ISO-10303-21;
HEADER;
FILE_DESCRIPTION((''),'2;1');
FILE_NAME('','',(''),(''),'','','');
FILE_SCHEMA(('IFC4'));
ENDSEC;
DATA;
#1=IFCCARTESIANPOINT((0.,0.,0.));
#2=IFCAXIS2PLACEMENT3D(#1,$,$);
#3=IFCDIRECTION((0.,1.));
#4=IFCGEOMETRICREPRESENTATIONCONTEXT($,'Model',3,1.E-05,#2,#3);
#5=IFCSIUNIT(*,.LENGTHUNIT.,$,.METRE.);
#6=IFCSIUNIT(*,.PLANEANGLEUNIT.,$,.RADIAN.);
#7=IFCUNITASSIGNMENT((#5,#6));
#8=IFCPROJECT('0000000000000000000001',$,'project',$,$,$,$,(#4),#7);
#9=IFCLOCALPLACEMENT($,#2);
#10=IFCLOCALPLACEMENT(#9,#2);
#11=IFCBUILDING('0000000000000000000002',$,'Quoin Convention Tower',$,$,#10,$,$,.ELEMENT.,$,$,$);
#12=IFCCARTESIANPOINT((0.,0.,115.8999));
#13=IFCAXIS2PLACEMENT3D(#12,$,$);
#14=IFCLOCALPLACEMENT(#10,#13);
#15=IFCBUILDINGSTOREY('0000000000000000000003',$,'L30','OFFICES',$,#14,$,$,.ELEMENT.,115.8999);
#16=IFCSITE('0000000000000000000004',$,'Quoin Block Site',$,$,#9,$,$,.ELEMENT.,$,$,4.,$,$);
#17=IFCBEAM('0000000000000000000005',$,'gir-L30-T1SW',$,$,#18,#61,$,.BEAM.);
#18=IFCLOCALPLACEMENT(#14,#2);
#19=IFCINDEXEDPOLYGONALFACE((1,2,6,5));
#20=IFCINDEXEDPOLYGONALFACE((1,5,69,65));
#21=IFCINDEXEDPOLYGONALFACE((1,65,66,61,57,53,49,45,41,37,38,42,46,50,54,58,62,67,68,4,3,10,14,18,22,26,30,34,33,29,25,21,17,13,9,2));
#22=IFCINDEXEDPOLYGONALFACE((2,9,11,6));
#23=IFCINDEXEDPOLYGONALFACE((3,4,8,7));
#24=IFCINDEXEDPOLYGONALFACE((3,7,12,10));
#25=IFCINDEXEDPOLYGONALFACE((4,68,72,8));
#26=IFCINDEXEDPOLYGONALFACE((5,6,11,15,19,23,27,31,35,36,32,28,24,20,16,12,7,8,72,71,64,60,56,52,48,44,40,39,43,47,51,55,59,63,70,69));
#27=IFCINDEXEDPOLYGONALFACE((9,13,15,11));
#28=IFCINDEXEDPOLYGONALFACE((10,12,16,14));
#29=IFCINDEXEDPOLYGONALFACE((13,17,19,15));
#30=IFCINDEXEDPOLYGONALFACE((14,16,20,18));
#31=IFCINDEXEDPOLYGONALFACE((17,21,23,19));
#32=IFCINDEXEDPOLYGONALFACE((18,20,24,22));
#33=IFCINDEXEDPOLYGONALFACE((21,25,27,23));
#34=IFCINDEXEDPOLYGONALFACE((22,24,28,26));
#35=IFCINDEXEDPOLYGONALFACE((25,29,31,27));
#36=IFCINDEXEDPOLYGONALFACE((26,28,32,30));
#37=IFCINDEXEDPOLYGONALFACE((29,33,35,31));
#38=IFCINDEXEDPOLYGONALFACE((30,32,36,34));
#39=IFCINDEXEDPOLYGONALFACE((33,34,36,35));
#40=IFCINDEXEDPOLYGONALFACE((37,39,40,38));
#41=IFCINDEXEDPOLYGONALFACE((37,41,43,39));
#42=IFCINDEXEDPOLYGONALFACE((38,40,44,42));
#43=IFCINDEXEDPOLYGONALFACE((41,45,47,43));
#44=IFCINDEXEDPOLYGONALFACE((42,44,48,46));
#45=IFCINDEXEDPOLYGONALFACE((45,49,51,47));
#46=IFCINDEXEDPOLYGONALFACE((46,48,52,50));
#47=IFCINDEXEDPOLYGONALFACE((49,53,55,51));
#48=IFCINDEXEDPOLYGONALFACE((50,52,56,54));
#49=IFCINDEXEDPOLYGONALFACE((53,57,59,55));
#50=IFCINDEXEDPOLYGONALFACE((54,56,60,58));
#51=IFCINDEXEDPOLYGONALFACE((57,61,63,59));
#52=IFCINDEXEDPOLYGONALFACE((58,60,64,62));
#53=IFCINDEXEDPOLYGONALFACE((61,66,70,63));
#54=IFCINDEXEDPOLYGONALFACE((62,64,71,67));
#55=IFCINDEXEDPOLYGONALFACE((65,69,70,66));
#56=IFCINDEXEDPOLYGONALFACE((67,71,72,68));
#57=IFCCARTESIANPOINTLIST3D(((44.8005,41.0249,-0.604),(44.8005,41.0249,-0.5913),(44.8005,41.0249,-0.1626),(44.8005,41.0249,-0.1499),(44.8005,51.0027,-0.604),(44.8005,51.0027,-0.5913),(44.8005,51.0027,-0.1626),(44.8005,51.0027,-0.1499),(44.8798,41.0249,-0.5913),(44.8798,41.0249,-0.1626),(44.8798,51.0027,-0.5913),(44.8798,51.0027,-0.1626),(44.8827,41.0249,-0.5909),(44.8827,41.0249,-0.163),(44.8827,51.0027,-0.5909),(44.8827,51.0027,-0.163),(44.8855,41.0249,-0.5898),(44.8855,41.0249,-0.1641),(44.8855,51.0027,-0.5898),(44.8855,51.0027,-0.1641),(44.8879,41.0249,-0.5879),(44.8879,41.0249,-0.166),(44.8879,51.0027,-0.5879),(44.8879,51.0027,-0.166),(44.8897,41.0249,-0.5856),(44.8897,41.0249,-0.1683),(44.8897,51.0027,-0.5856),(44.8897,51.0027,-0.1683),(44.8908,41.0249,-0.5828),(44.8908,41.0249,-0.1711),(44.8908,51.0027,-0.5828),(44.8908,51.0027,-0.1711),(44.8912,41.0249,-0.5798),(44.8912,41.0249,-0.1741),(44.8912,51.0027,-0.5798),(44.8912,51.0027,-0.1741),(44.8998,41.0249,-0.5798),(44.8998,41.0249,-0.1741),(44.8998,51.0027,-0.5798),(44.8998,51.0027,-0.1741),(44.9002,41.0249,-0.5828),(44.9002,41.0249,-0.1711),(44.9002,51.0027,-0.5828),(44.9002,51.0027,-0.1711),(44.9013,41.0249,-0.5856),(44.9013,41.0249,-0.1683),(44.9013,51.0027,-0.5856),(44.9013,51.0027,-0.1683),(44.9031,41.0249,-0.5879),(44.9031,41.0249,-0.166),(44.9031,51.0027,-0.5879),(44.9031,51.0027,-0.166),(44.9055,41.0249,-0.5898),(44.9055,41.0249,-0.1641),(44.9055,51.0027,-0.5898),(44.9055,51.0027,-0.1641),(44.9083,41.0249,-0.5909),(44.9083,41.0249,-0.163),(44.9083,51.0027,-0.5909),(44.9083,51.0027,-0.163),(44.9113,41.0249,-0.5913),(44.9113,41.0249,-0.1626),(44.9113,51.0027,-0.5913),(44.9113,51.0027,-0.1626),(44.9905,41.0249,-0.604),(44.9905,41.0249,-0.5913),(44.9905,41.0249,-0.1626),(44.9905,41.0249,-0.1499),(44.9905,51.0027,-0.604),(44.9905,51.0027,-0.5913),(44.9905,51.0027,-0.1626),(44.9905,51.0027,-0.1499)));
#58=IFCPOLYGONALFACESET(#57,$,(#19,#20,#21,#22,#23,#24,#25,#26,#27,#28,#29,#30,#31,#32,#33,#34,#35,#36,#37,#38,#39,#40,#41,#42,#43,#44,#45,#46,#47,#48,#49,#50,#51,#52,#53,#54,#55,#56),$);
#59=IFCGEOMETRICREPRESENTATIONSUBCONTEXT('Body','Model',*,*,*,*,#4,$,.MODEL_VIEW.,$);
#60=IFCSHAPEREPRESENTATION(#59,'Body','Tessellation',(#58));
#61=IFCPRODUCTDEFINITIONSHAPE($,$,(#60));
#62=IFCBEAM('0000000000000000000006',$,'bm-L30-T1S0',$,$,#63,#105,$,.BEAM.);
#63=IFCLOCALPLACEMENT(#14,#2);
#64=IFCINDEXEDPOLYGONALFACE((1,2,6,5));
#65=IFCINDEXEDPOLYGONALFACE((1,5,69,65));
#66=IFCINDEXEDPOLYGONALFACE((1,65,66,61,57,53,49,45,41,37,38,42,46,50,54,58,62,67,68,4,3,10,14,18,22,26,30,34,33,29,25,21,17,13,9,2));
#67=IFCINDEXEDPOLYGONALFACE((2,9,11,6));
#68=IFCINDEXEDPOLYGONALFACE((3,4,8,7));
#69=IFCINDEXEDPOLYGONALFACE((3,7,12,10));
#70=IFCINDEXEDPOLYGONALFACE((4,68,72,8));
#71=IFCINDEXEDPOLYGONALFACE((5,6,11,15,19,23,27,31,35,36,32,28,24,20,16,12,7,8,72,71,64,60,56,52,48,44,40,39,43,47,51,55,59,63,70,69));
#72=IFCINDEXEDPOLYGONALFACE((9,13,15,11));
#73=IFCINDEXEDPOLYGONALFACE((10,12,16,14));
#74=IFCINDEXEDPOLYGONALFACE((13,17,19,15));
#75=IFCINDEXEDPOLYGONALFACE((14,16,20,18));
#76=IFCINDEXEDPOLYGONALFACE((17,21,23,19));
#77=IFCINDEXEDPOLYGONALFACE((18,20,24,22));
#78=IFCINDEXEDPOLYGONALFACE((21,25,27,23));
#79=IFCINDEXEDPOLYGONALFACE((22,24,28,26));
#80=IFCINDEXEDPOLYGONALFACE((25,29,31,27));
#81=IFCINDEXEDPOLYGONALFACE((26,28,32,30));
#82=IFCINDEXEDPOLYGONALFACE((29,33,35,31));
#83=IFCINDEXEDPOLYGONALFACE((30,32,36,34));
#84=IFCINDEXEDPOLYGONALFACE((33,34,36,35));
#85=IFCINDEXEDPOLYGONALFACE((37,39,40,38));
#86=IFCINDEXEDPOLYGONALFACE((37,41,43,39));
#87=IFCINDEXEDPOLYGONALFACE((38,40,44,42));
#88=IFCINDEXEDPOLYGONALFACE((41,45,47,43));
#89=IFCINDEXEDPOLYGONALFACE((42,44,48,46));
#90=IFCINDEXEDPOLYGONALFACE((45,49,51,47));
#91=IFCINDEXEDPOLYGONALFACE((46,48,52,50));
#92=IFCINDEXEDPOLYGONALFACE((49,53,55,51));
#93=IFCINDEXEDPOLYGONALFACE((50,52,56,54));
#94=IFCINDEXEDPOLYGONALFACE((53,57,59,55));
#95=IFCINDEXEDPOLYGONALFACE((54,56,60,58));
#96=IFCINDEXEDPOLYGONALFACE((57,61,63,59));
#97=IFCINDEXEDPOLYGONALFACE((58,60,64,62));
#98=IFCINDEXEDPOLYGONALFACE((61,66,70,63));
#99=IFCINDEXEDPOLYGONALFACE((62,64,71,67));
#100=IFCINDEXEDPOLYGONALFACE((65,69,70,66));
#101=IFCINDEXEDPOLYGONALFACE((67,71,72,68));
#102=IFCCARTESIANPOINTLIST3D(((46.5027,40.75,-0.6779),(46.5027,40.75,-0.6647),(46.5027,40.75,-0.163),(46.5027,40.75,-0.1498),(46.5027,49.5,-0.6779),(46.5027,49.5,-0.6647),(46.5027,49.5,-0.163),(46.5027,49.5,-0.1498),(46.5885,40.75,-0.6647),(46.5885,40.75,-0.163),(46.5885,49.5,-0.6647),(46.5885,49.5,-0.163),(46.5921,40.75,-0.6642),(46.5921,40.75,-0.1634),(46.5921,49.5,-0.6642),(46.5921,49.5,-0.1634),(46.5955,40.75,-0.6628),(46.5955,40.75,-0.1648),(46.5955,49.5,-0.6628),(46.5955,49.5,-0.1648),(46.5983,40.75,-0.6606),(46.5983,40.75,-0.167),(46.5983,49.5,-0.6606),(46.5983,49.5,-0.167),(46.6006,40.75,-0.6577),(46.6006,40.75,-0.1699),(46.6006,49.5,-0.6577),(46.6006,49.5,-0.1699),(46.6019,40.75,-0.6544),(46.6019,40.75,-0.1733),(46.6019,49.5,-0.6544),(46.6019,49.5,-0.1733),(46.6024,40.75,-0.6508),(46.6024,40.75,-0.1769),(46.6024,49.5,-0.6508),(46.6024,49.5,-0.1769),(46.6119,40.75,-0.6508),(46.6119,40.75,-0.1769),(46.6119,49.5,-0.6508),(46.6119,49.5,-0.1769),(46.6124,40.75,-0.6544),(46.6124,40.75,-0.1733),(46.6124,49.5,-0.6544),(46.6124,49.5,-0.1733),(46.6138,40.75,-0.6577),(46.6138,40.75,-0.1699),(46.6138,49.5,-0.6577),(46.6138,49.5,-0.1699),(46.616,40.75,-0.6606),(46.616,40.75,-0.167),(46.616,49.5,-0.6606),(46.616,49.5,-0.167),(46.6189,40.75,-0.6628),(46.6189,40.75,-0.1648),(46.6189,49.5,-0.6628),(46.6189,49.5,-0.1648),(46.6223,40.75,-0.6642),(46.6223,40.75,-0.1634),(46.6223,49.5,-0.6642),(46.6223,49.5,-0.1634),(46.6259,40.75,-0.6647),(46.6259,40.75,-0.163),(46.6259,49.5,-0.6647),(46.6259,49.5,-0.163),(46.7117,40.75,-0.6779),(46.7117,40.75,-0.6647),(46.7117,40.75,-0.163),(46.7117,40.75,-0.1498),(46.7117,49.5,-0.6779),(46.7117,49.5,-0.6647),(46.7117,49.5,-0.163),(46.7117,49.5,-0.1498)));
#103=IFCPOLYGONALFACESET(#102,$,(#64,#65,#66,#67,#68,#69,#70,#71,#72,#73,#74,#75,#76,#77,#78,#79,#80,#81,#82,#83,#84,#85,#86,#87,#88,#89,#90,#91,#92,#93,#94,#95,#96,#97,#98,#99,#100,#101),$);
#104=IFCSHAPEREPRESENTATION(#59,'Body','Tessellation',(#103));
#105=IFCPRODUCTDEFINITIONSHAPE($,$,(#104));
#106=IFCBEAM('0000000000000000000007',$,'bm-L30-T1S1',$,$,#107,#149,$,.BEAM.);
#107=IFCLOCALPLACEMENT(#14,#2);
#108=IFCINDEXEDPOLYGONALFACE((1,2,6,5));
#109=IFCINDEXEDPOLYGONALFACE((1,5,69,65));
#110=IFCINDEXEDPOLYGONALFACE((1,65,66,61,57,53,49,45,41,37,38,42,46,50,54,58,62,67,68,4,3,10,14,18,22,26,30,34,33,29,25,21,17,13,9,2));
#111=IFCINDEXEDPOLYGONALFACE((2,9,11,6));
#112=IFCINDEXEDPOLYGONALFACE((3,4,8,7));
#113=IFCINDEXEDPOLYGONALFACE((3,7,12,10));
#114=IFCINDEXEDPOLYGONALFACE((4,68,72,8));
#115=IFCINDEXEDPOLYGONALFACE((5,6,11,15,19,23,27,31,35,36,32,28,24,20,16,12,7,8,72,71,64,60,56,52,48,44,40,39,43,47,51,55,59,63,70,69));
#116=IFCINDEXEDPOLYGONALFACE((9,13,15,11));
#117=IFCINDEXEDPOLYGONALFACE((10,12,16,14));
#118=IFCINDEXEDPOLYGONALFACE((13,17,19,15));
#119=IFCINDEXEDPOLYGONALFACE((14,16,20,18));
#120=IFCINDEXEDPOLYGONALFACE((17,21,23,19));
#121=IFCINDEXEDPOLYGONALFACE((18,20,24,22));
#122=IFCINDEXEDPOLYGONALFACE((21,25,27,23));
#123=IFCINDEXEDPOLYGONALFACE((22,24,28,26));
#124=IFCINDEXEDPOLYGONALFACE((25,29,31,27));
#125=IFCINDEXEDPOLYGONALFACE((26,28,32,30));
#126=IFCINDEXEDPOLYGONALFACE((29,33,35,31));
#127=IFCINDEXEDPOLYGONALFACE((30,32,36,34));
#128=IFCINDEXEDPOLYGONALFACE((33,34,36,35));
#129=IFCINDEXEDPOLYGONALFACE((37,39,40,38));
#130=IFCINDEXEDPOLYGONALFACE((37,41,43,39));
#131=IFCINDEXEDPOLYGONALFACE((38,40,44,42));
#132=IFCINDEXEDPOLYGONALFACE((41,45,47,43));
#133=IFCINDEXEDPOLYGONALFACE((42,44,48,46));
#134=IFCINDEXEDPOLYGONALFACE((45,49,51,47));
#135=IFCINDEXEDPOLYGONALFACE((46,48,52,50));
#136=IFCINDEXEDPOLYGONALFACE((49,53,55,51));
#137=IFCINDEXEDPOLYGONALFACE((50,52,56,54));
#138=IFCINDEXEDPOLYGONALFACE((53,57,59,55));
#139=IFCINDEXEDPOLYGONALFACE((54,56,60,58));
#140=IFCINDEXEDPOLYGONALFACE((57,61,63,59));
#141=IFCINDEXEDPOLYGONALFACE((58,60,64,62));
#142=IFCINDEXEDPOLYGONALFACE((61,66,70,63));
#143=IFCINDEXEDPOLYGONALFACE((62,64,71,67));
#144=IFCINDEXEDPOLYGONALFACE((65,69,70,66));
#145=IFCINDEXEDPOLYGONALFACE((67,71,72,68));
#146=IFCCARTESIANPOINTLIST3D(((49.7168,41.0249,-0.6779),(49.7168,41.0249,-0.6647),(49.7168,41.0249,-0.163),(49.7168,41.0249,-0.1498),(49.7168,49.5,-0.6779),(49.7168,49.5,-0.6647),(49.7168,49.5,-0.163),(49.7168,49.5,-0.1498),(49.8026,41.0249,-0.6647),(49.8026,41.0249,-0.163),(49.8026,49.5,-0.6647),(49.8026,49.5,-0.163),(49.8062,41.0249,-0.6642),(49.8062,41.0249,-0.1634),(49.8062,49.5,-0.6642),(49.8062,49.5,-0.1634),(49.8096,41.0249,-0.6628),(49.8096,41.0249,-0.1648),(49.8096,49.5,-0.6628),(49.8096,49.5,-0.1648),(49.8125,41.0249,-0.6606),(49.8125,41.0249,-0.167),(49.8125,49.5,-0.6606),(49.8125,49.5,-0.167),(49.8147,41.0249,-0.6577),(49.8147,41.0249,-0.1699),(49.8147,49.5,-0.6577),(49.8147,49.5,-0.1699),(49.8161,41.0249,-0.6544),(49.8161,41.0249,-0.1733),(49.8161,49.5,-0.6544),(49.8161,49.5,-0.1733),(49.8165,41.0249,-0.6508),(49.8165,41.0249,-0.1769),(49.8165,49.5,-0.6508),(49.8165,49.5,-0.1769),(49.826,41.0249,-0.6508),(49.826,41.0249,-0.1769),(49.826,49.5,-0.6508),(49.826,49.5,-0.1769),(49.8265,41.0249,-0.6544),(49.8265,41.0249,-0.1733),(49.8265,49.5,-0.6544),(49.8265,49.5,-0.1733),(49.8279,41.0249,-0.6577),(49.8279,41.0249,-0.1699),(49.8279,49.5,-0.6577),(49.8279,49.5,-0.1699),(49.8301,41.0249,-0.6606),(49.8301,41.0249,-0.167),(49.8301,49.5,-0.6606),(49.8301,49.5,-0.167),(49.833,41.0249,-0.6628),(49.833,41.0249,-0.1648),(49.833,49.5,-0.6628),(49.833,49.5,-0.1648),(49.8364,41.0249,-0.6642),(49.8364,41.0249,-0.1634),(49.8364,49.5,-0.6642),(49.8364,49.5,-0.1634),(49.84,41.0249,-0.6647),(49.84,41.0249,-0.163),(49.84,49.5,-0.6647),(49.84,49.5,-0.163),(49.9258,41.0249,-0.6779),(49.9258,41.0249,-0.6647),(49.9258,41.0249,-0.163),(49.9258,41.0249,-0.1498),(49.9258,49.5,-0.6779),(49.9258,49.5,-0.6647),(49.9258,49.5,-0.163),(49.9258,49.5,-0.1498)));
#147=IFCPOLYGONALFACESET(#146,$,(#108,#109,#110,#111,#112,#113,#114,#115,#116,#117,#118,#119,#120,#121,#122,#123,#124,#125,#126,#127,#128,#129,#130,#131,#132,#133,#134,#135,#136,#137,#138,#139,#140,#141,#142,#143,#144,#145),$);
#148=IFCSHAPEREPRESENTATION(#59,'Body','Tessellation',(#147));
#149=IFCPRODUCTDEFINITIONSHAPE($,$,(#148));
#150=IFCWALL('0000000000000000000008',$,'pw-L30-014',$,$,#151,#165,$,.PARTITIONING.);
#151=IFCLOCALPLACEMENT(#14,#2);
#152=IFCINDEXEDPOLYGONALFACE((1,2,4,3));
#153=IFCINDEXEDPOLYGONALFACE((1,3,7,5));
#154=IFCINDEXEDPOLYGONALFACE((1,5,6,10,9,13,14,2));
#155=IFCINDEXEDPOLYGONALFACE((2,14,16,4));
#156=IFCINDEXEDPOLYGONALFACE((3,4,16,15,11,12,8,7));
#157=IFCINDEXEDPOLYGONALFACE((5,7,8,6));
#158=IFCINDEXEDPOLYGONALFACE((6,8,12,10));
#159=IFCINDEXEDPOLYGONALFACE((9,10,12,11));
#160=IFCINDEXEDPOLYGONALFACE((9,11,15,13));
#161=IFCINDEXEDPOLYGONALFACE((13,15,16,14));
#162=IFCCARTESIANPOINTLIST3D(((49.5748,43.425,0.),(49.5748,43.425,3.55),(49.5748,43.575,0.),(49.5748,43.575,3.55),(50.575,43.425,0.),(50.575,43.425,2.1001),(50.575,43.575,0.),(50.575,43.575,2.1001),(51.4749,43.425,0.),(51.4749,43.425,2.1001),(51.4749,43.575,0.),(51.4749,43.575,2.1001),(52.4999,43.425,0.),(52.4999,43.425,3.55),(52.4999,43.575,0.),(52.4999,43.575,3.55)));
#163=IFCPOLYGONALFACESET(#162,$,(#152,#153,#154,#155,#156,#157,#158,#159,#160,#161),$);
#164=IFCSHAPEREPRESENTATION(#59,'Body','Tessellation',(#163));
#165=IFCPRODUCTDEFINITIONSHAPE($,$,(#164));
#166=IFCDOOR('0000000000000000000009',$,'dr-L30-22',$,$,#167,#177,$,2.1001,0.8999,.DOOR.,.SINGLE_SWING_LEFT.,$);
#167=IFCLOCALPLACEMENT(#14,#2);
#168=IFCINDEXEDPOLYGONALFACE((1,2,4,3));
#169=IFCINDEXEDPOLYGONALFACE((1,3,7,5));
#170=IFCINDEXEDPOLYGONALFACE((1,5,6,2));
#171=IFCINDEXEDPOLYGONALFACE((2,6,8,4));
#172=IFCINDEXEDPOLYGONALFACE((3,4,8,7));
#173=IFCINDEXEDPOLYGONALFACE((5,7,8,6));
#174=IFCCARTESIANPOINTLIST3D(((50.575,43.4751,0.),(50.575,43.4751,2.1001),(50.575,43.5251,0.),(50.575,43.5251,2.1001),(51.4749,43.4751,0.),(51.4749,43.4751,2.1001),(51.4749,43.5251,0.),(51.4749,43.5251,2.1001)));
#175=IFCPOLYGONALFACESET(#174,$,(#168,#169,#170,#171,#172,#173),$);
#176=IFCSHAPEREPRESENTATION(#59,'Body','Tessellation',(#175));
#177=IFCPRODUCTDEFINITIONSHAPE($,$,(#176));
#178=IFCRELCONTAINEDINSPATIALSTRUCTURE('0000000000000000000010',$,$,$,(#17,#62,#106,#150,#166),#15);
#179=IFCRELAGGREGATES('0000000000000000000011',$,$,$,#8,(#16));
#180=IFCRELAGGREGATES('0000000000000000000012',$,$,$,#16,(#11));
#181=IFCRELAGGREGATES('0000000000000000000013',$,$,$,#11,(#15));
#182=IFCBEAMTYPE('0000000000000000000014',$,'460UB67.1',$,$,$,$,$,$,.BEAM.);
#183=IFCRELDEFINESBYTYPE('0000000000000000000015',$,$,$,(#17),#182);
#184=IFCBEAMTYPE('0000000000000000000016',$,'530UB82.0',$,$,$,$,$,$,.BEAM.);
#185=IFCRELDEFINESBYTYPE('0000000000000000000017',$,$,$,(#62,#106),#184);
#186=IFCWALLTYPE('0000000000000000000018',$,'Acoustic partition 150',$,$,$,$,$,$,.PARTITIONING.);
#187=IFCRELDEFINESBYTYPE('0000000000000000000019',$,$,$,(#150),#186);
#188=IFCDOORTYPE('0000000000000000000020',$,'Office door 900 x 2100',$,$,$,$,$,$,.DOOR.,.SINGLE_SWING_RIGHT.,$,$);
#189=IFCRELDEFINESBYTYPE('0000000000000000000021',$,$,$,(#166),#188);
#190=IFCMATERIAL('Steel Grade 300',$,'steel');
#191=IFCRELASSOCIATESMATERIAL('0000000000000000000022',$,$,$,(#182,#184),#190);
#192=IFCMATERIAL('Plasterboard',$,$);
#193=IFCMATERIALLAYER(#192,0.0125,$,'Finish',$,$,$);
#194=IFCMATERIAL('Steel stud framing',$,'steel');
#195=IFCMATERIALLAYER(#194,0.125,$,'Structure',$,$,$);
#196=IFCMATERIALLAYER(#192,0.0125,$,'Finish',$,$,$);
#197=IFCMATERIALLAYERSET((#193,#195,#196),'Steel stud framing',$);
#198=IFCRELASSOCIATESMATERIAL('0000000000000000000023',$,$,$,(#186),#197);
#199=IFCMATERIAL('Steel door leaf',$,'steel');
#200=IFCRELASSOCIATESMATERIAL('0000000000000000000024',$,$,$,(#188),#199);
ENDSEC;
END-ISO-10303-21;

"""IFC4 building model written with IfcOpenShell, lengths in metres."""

from ifc_helpers import new_model, si_unit, direction, frame, frame_2d, origin, origin_2d, place, context, subcontext, project, spatial, rectangle, i_section, extrude, material, layer, layer_set, material_profile, profile_set, type_object, element, fill, save


model = new_model("IFC4")

# Units and contexts
model_context = context("Model", 3, precision=1e-05, world=origin(), true_north=direction((0.0, 1.0)))
body_context = subcontext(model_context, "Body", "Model", "MODEL_VIEW")
ifc_project = project(units=[si_unit("LENGTHUNIT", "METRE"), si_unit("PLANEANGLEUNIT", "RADIAN")], contexts=[model_context])

# Site, building, storey
site_placement = place(None, origin())
site = spatial("IfcSite", under=ifc_project, at=site_placement, Name="Quoin Block Site", CompositionType="ELEMENT", RefElevation=4.0)
building_placement = place(site_placement, origin())
building = spatial("IfcBuilding", under=site, at=building_placement, Name="Quoin Convention Tower", CompositionType="ELEMENT")
storey_placement = place(building_placement, frame((0.0, 0.0, 115.8999)))
storey = spatial("IfcBuildingStorey", under=building, at=storey_placement, Name="L30", Description="OFFICES", CompositionType="ELEMENT", Elevation=115.8999)

# Beams
ifc_material_1 = material(Name="Steel Grade 300", Category="steel")
ifc_material_profile_1 = material_profile(ifc_material_1, i_section(OverallWidth=0.1899, OverallDepth=0.4541, WebThickness=0.0085, FlangeThickness=0.0127, FilletRadius=0.0115, at=origin_2d()), Name="460UB67.1")
ifc_profile_set_1 = profile_set([ifc_material_profile_1], Name="Steel Grade 300")
beam_type_1 = type_object("IfcBeamType", Name="460UB67.1", PredefinedType="BEAM", material=ifc_profile_set_1)
beam_1_placement = place(storey_placement, frame((44.8955, 41.0249, -0.377), z_axis=(0.0, 1.0, 0.0), x_axis=(-1.0, 0.0, 0.0)))
element("IfcBeam", 1, at=beam_1_placement, inside=storey, type_object=beam_type_1, Name="gir-L30-T1SW", PredefinedType="BEAM", context=body_context, shape_type="SweptSolid", body=[
    extrude(i_section(OverallWidth=0.1899, OverallDepth=0.4541, WebThickness=0.0085, FlangeThickness=0.0127, FilletRadius=0.0115, at=origin_2d()), origin(), (0.0, 0.0, 1.0), 9.9778),
])
ifc_material_profile_2 = material_profile(ifc_material_1, i_section(OverallWidth=0.209, OverallDepth=0.5281, WebThickness=0.0095, FlangeThickness=0.0132, FilletRadius=0.0139, at=origin_2d()), Name="530UB82.0")
ifc_profile_set_2 = profile_set([ifc_material_profile_2], Name="Steel Grade 300")
beam_type_2 = type_object("IfcBeamType", Name="530UB82.0", PredefinedType="BEAM", material=ifc_profile_set_2)
beam_2_placement = place(storey_placement, frame((46.6072, 40.75, -0.4138), z_axis=(0.0, 1.0, 0.0), x_axis=(-1.0, 0.0, 0.0)))
element("IfcBeam", 2, at=beam_2_placement, inside=storey, type_object=beam_type_2, Name="bm-L30-T1S0", PredefinedType="BEAM", context=body_context, shape_type="SweptSolid", body=[
    extrude(i_section(OverallWidth=0.209, OverallDepth=0.5281, WebThickness=0.0095, FlangeThickness=0.0132, FilletRadius=0.0139, at=origin_2d()), origin(), (0.0, 0.0, 1.0), 8.75),
])
beam_3_placement = place(storey_placement, frame((49.8213, 41.0249, -0.4138), z_axis=(0.0, 1.0, 0.0), x_axis=(-1.0, 0.0, 0.0)))
element("IfcBeam", 3, at=beam_3_placement, inside=storey, type_object=beam_type_2, Name="bm-L30-T1S1", PredefinedType="BEAM", context=body_context, shape_type="SweptSolid", body=[
    extrude(i_section(OverallWidth=0.209, OverallDepth=0.5281, WebThickness=0.0095, FlangeThickness=0.0132, FilletRadius=0.0139, at=origin_2d()), origin(), (0.0, 0.0, 1.0), 8.4751),
])

# Wall, opening, door
ifc_material_2 = material(Name="Plasterboard")
ifc_layer_1 = layer(ifc_material_2, 0.0125, Name="Finish")
ifc_material_3 = material(Name="Steel stud framing", Category="steel")
ifc_layer_2 = layer(ifc_material_3, 0.125, Name="Structure")
ifc_layer_3 = layer(ifc_material_2, 0.0125, Name="Finish")
ifc_layer_set_1 = layer_set([ifc_layer_1, ifc_layer_2, ifc_layer_3], Name="Steel stud framing")
wall_type_1 = type_object("IfcWallType", Name="Acoustic partition 150", PredefinedType="PARTITIONING", material=ifc_layer_set_1)
wall_1_placement = place(storey_placement, frame((49.575, 43.5, 0.0), z_axis=(0.0, 0.0, 1.0), x_axis=(1.0, 0.0, 0.0)))
wall_1 = element("IfcWall", 4, at=wall_1_placement, inside=storey, type_object=wall_type_1, Name="pw-L30-014", PredefinedType="PARTITIONING", context=body_context, shape_type="SweptSolid", body=[
    extrude(rectangle(XDim=2.925, YDim=0.1499, at=frame_2d((1.4624, 0.0))), origin(), (0.0, 0.0, 1.0), 3.55),
])
opening_1_placement = place(wall_1_placement, frame((1.0, 0.0, 0.0)))
opening_1 = element("IfcOpeningElement", 5, at=opening_1_placement, cuts=wall_1, PredefinedType="OPENING", context=body_context, shape_type="SweptSolid", body=[
    extrude(rectangle(XDim=0.8999, YDim=2.1001, at=frame_2d((0.45, 1.05))), frame((0.0, 0.085, 0.0), z_axis=(0.0, -1.0, 0.0), x_axis=(1.0, 0.0, 0.0)), (0.0, 0.0, 1.0), 0.1699),
])
ifc_material_4 = material(Name="Steel door leaf", Category="steel")
door_type_1 = type_object("IfcDoorType", Name="Office door 900 x 2100", OperationType="SINGLE_SWING_RIGHT", PredefinedType="DOOR", material=ifc_material_4)
door_1_placement = place(opening_1_placement, frame((0.8999, 0.0, 0.0), z_axis=(0.0, 0.0, 1.0), x_axis=(-1.0, 0.0, 0.0)))
door_1 = element("IfcDoor", 6, at=door_1_placement, inside=storey, type_object=door_type_1, Name="dr-L30-22", OperationType="SINGLE_SWING_LEFT", OverallHeight=2.1001, OverallWidth=0.8999, PredefinedType="DOOR", context=body_context, shape_type="SweptSolid", body=[
    extrude(rectangle(XDim=0.8999, YDim=2.1001, at=frame_2d((0.45, 1.05))), frame((0.0, 0.0249, 0.0), z_axis=(0.0, -1.0, 0.0), x_axis=(1.0, 0.0, 0.0)), (0.0, 0.0, 1.0), 0.05),
])
fill(opening_1, door_1)

save(model, "model.ifc")
